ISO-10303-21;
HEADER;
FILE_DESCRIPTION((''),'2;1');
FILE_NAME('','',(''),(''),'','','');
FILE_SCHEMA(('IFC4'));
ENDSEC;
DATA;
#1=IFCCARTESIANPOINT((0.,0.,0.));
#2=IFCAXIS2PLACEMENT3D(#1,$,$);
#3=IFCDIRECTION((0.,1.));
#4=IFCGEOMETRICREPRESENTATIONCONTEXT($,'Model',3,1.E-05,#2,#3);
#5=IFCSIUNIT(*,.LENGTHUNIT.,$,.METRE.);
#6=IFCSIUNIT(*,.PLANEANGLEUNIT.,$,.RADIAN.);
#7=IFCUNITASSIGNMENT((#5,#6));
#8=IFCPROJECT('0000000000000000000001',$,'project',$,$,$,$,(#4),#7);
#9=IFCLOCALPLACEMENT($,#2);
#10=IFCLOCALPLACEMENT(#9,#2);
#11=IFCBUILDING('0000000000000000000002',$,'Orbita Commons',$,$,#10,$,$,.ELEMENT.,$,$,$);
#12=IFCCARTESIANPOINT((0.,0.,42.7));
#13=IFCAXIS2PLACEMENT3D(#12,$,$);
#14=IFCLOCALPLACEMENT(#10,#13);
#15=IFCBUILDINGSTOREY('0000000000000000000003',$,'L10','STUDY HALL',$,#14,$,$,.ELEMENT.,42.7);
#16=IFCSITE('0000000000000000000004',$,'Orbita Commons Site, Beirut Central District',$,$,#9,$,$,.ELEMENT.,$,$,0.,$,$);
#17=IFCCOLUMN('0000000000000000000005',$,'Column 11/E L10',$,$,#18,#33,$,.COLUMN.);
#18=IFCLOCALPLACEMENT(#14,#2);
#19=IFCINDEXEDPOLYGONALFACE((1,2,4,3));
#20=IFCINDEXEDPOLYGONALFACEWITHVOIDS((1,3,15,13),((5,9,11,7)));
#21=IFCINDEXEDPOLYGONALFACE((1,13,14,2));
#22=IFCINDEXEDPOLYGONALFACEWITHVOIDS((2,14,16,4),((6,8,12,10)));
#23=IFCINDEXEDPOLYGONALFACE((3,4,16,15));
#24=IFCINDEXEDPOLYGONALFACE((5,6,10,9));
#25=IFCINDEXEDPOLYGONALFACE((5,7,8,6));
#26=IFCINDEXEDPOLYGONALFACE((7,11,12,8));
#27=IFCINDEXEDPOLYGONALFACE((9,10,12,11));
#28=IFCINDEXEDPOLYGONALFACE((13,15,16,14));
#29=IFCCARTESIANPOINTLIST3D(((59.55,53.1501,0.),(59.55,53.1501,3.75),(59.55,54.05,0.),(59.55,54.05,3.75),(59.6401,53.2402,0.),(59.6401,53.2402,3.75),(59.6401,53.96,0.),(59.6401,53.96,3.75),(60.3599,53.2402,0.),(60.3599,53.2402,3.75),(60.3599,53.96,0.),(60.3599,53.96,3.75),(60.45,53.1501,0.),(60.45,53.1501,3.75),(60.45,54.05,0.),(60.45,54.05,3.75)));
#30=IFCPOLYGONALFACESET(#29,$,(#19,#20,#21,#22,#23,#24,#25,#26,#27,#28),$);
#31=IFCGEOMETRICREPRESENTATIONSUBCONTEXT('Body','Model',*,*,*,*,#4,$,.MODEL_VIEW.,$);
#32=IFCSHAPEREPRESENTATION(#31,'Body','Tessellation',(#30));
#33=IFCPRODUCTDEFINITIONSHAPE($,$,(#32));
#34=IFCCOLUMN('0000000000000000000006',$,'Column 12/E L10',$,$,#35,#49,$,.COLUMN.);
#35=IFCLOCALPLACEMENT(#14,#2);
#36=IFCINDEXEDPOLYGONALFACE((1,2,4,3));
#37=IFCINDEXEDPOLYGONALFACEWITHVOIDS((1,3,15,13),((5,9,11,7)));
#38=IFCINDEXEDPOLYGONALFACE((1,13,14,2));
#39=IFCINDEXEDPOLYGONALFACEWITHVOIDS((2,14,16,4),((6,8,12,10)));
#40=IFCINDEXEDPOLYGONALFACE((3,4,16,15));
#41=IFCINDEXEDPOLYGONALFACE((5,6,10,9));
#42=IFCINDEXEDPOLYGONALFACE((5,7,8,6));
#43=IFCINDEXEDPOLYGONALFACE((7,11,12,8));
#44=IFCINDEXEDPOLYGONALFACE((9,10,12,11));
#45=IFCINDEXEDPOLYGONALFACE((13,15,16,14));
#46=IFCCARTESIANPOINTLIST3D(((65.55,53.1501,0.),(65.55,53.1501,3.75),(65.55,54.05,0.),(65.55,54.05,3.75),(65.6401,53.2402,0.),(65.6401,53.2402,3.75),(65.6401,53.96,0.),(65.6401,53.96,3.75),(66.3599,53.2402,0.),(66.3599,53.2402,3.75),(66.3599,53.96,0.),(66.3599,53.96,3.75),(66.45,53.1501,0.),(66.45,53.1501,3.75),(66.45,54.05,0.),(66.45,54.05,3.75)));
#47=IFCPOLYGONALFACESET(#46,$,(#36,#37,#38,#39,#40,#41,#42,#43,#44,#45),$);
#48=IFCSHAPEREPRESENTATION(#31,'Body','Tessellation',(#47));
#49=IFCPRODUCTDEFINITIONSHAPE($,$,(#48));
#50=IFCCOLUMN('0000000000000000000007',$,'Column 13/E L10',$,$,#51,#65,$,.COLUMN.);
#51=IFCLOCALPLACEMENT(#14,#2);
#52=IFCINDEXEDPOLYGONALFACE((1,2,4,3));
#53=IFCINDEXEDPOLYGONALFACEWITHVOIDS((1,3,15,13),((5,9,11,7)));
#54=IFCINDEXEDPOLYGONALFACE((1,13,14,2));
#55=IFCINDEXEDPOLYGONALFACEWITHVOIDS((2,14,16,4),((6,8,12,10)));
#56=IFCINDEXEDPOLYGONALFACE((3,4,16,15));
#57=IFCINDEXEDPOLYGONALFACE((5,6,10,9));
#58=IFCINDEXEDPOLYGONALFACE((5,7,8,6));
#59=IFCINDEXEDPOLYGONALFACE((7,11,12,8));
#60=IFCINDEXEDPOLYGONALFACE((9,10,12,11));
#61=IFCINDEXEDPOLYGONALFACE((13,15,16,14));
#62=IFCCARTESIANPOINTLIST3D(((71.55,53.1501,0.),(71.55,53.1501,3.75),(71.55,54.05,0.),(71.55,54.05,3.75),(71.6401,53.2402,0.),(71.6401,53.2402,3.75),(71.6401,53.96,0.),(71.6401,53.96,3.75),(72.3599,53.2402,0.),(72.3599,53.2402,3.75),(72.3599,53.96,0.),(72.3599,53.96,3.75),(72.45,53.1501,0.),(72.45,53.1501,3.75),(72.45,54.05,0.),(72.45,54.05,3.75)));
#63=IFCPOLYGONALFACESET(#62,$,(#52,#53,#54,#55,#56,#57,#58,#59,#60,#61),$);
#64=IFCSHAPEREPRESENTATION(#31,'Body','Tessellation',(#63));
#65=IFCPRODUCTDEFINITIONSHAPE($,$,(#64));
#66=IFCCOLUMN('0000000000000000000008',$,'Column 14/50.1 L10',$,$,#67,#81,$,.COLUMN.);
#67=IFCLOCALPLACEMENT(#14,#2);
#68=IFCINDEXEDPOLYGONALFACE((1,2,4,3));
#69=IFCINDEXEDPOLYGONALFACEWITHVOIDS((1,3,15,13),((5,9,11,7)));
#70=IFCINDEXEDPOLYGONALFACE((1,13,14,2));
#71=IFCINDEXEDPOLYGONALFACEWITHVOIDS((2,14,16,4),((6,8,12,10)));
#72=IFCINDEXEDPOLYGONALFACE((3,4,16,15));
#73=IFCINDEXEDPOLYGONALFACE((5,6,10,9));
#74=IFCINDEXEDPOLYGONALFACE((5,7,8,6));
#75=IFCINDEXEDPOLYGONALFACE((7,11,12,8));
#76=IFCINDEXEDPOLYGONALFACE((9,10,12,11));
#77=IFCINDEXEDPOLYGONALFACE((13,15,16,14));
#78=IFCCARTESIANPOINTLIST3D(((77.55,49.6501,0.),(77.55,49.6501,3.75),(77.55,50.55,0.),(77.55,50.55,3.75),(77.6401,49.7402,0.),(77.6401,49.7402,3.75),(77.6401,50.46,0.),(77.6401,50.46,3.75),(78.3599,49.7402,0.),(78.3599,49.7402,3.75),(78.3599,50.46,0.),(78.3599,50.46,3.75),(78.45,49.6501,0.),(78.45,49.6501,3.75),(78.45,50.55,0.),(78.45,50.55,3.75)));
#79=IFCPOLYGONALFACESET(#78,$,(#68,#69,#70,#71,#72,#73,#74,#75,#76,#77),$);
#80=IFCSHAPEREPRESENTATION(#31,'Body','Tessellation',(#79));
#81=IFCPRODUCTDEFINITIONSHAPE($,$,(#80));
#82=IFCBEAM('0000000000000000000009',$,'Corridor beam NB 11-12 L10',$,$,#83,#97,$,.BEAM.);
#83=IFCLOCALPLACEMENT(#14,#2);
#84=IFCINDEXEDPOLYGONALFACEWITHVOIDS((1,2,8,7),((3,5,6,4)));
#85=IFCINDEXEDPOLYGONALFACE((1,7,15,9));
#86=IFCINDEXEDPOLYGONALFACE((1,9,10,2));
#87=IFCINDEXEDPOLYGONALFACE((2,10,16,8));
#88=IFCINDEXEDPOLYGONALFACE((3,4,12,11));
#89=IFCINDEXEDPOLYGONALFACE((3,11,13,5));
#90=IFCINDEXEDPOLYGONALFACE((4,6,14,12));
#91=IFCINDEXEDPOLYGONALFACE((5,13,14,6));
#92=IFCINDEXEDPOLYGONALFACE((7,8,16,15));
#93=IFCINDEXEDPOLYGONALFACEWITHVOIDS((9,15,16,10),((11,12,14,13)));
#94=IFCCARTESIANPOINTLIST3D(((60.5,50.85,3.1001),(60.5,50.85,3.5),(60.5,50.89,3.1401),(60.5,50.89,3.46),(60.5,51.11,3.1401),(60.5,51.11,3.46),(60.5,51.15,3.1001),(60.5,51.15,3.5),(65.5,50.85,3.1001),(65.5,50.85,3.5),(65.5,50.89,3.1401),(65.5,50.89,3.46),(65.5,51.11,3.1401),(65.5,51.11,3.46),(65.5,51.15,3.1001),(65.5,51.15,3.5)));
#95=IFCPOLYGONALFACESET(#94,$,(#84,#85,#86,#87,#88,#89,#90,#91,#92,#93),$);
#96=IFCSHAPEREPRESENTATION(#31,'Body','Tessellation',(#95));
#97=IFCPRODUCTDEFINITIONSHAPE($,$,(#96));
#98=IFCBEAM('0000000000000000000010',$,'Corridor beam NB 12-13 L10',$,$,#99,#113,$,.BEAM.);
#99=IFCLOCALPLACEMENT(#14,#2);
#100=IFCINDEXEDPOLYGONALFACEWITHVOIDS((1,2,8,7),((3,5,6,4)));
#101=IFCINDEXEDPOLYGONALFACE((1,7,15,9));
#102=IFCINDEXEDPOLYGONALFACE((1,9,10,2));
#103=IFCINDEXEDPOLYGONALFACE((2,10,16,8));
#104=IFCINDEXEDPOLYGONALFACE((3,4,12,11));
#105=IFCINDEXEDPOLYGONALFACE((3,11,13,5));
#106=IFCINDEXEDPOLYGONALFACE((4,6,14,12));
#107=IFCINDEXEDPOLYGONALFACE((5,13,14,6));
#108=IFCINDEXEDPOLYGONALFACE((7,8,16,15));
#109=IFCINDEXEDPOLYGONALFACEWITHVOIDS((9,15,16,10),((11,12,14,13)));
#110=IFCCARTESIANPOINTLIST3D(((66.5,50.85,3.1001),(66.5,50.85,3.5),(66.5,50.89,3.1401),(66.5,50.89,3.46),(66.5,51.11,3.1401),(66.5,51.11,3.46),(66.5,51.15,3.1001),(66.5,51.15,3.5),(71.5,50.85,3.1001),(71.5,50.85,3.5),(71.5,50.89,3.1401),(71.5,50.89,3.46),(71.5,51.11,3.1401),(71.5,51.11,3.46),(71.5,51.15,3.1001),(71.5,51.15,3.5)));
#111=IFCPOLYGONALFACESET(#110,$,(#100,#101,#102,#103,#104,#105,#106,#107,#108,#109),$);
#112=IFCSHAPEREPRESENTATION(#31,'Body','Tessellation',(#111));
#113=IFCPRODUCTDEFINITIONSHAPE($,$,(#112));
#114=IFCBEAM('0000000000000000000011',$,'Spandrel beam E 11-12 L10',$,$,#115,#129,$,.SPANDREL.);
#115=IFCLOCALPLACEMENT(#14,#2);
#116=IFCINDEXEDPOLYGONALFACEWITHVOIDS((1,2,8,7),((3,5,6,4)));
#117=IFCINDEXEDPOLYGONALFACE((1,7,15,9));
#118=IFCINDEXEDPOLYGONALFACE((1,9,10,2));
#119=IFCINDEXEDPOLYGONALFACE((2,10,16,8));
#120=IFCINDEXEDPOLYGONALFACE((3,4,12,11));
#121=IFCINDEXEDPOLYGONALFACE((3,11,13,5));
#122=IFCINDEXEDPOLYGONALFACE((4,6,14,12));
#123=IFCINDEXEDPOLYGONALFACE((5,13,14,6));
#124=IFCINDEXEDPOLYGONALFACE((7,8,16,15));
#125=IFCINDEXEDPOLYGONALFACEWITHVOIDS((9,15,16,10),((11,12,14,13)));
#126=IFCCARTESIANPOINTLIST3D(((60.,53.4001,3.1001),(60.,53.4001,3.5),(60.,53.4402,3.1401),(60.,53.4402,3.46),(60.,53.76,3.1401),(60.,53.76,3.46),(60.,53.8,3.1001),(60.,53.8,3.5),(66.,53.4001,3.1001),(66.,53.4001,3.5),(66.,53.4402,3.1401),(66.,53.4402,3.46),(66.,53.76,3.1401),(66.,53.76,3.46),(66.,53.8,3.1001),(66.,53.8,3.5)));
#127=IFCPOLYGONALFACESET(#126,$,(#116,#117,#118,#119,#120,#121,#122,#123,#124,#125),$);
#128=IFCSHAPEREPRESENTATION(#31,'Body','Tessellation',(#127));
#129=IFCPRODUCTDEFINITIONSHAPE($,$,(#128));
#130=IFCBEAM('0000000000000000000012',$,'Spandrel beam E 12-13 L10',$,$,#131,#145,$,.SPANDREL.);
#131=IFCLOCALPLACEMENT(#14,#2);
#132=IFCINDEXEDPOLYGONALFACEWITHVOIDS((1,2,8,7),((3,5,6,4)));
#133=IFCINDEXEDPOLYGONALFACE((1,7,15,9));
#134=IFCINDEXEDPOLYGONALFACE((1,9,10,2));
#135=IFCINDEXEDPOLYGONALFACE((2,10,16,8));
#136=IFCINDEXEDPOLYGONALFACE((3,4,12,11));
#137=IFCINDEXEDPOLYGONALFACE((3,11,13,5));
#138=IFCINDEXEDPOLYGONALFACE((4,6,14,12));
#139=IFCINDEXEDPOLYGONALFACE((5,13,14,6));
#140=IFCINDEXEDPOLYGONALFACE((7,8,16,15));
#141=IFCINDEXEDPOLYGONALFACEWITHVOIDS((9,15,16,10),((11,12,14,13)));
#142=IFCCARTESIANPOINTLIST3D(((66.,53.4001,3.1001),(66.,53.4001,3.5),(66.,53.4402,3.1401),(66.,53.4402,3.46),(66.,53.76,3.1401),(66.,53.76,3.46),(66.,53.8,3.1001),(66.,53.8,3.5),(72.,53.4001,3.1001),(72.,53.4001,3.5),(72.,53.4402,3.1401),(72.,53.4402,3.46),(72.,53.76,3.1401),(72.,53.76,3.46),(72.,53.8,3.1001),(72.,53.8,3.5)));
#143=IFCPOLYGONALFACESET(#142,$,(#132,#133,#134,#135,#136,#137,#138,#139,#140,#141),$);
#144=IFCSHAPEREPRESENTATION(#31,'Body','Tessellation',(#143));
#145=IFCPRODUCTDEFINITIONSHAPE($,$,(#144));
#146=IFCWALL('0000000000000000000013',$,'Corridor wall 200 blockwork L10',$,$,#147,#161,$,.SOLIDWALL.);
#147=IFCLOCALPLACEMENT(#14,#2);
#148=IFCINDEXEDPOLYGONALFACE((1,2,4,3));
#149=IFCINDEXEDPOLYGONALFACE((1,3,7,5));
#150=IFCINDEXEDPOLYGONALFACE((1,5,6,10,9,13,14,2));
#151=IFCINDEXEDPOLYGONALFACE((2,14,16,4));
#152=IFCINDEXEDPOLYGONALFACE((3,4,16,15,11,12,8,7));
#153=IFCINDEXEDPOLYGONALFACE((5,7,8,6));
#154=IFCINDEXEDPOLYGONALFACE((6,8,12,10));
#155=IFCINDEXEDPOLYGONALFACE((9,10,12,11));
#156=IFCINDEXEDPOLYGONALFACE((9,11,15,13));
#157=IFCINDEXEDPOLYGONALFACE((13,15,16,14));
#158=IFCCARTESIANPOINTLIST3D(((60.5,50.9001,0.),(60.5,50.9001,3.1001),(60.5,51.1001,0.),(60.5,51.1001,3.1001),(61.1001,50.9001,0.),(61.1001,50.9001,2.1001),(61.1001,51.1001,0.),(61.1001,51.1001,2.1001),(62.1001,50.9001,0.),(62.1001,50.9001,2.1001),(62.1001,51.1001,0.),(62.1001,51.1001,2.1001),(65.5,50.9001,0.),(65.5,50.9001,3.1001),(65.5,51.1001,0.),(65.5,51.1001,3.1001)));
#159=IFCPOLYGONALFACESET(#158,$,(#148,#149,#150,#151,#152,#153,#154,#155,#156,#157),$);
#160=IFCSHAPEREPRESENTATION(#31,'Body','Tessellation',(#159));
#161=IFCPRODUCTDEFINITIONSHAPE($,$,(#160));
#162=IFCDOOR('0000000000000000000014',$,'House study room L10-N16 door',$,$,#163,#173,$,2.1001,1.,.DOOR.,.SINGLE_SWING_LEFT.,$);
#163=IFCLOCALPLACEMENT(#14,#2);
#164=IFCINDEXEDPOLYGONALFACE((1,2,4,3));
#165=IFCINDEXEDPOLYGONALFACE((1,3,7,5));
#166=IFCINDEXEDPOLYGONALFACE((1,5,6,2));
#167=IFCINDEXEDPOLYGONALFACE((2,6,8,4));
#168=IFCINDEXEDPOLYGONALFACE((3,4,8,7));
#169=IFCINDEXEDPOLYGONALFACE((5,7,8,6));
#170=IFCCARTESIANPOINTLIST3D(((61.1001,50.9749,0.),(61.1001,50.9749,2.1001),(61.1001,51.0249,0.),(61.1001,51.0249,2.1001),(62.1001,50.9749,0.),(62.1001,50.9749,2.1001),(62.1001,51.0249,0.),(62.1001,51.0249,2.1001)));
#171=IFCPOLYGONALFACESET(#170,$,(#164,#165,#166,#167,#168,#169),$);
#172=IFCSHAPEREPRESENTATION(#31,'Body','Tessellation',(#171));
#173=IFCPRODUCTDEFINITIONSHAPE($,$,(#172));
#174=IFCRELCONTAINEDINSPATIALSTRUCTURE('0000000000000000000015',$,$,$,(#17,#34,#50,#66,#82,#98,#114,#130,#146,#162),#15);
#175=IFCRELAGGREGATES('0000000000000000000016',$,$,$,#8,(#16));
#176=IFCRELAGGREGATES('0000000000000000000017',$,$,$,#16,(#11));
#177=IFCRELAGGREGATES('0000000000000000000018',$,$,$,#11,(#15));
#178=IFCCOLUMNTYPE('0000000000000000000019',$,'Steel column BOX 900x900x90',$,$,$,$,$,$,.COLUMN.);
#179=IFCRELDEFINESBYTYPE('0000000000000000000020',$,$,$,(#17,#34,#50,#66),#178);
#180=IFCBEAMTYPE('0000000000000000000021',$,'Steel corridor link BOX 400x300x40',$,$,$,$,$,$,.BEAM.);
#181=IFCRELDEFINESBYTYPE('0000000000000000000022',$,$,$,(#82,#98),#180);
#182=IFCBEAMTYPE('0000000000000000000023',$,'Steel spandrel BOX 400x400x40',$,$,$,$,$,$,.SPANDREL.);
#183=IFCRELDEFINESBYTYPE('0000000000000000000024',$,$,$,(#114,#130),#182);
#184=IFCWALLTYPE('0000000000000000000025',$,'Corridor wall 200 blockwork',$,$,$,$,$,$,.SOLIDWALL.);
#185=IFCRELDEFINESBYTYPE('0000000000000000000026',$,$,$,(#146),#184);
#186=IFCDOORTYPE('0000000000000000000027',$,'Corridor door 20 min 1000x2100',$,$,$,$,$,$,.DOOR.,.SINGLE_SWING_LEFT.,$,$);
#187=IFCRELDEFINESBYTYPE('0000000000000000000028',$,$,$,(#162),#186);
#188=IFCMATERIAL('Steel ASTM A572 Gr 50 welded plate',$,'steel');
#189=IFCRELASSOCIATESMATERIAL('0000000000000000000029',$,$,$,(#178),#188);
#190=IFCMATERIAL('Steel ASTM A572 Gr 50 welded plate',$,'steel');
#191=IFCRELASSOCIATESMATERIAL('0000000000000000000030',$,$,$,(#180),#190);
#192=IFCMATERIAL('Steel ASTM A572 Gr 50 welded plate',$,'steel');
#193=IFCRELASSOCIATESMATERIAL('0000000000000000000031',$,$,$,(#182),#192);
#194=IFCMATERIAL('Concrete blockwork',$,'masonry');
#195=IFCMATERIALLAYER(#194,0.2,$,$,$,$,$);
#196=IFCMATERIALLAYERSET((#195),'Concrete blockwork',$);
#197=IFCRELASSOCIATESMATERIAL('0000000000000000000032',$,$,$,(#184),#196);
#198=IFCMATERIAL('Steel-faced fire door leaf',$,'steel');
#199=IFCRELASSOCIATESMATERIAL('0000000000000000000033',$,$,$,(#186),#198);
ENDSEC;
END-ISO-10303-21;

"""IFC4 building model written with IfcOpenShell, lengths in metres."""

from ifc_helpers import new_model, si_unit, direction, frame, frame_2d, origin, origin_2d, place, context, subcontext, project, spatial, polyline, rectangle, hollow_rectangle, outline, extrude, material, layer, layer_set, material_profile, profile_set, type_object, element, fill, save


model = new_model("IFC4")

# Units and contexts
model_context = context("Model", 3, precision=1e-05, world=origin(), true_north=direction((0.0, 1.0)))
body_context = subcontext(model_context, "Body", "Model", "MODEL_VIEW")
ifc_project = project(units=[si_unit("LENGTHUNIT", "METRE"), si_unit("PLANEANGLEUNIT", "RADIAN")], contexts=[model_context])

# Site, building, storey
site_placement = place(None, origin())
site = spatial("IfcSite", under=ifc_project, at=site_placement, Name="Orbita Commons Site, Beirut Central District", CompositionType="ELEMENT", RefElevation=0.0)
building_placement = place(site_placement, origin())
building = spatial("IfcBuilding", under=site, at=building_placement, Name="Orbita Commons", CompositionType="ELEMENT")
storey_placement = place(building_placement, frame((0.0, 0.0, 42.7)))
storey = spatial("IfcBuildingStorey", under=building, at=storey_placement, Name="L10", Description="STUDY HALL", CompositionType="ELEMENT", Elevation=42.7)

# Columns
ifc_material_1 = material(Name="Steel ASTM A572 Gr 50 welded plate", Category="steel")
ifc_material_profile_1 = material_profile(ifc_material_1, hollow_rectangle(XDim=0.8999, YDim=0.8999, WallThickness=0.0901, at=origin_2d()), Name="BOX 900x900x90")
ifc_profile_set_1 = profile_set([ifc_material_profile_1], Name="Steel ASTM A572 Gr 50 welded plate")
column_type = type_object("IfcColumnType", Name="Steel column BOX 900x900x90", PredefinedType="COLUMN", material=ifc_profile_set_1)
for number, where, z_axis, x_axis, name in (
    (1, (60.0, 53.6001, 0.0), (0.0, 0.0, 1.0), (1.0, 0.0, 0.0), "Column 11/E L10"),
    (2, (66.0, 53.6001, 0.0), (0.0, 0.0, 1.0), (1.0, 0.0, 0.0), "Column 12/E L10"),
    (3, (72.0, 53.6001, 0.0), (0.0, 0.0, 1.0), (1.0, 0.0, 0.0), "Column 13/E L10"),
    (4, (78.0, 50.1001, 0.0), (0.0, 0.0, 1.0), (1.0, 0.0, 0.0), "Column 14/50.1 L10"),
):
    element("IfcColumn", number, at=place(storey_placement, frame(where, z_axis=z_axis, x_axis=x_axis)), inside=storey, type_object=column_type, Name=name, PredefinedType="COLUMN", context=body_context, shape_type="SweptSolid", body=[
        extrude(hollow_rectangle(XDim=0.8999, YDim=0.8999, WallThickness=0.0901, at=origin_2d()), origin(), (0.0, 0.0, 1.0), 3.75),
    ])

# Beams
ifc_material_2 = material(Name="Steel ASTM A572 Gr 50 welded plate", Category="steel")
ifc_material_profile_2 = material_profile(ifc_material_2, hollow_rectangle(XDim=0.3, YDim=0.3999, WallThickness=0.04, at=origin_2d()), Name="BOX 400x300x40")
ifc_profile_set_2 = profile_set([ifc_material_profile_2], Name="Steel ASTM A572 Gr 50 welded plate")
beam_type_1 = type_object("IfcBeamType", Name="Steel corridor link BOX 400x300x40", PredefinedType="BEAM", material=ifc_profile_set_2)
for number, where, z_axis, x_axis, name in (
    (5, (60.5, 51.0, 3.3), (1.0, 0.0, 0.0), (0.0, 1.0, 0.0), "Corridor beam NB 11-12 L10"),
    (6, (66.5, 51.0, 3.3), (1.0, 0.0, 0.0), (0.0, 1.0, 0.0), "Corridor beam NB 12-13 L10"),
):
    element("IfcBeam", number, at=place(storey_placement, frame(where, z_axis=z_axis, x_axis=x_axis)), inside=storey, type_object=beam_type_1, Name=name, PredefinedType="BEAM", context=body_context, shape_type="SweptSolid", body=[
        extrude(hollow_rectangle(XDim=0.3, YDim=0.3999, WallThickness=0.04, at=origin_2d()), origin(), (0.0, 0.0, 1.0), 5.0),
    ])
ifc_material_3 = material(Name="Steel ASTM A572 Gr 50 welded plate", Category="steel")
ifc_material_profile_3 = material_profile(ifc_material_3, hollow_rectangle(XDim=0.3999, YDim=0.3999, WallThickness=0.04, at=origin_2d()), Name="BOX 400x400x40")
ifc_profile_set_3 = profile_set([ifc_material_profile_3], Name="Steel ASTM A572 Gr 50 welded plate")
beam_type_2 = type_object("IfcBeamType", Name="Steel spandrel BOX 400x400x40", PredefinedType="SPANDREL", material=ifc_profile_set_3)
for number, where, z_axis, x_axis, name in (
    (7, (60.0, 53.6001, 3.3), (1.0, 0.0, 0.0), (0.0, 1.0, 0.0), "Spandrel beam E 11-12 L10"),
    (8, (66.0, 53.6001, 3.3), (1.0, 0.0, 0.0), (0.0, 1.0, 0.0), "Spandrel beam E 12-13 L10"),
):
    element("IfcBeam", number, at=place(storey_placement, frame(where, z_axis=z_axis, x_axis=x_axis)), inside=storey, type_object=beam_type_2, Name=name, PredefinedType="SPANDREL", context=body_context, shape_type="SweptSolid", body=[
        extrude(hollow_rectangle(XDim=0.3999, YDim=0.3999, WallThickness=0.04, at=origin_2d()), origin(), (0.0, 0.0, 1.0), 6.0),
    ])

# Wall, opening, door
ifc_material_4 = material(Name="Concrete blockwork", Category="masonry")
ifc_layer_1 = layer(ifc_material_4, 0.2)
ifc_layer_set_1 = layer_set([ifc_layer_1], Name="Concrete blockwork")
wall_type_1 = type_object("IfcWallType", Name="Corridor wall 200 blockwork", PredefinedType="SOLIDWALL", material=ifc_layer_set_1)
wall_1_placement = place(storey_placement, frame((60.5, 51.0, 0.0), z_axis=(0.0, 0.0, 1.0), x_axis=(1.0, 0.0, 0.0)))
wall_1 = element("IfcWall", 9, at=wall_1_placement, inside=storey, type_object=wall_type_1, Name="Corridor wall 200 blockwork L10", PredefinedType="SOLIDWALL", context=body_context, shape_type="SweptSolid", body=[
    extrude(outline(polyline([(0.0, 0.0), (5.0, 0.0), (5.0, 3.1001), (0.0, 3.1001), (0.0, 0.0)])), frame((0.0, 0.1001, 0.0), z_axis=(0.0, -1.0, 0.0), x_axis=(1.0, 0.0, 0.0)), (0.0, 0.0, 1.0), 0.2),
])
opening_1_placement = place(wall_1_placement, frame((0.6001, 0.0, 0.0)))
opening_1 = element("IfcOpeningElement", 10, at=opening_1_placement, cuts=wall_1, PredefinedType="OPENING", context=body_context, shape_type="SweptSolid", body=[
    extrude(rectangle(XDim=1.0, YDim=2.1001, at=frame_2d((0.5, 1.05))), frame((0.0, 0.1099, 0.0), z_axis=(0.0, -1.0, 0.0), x_axis=(1.0, 0.0, 0.0)), (0.0, 0.0, 1.0), 0.22),
])
ifc_material_5 = material(Name="Steel-faced fire door leaf", Category="steel")
door_type_1 = type_object("IfcDoorType", Name="Corridor door 20 min 1000x2100", OperationType="SINGLE_SWING_LEFT", PredefinedType="DOOR", material=ifc_material_5)
door_1_placement = place(opening_1_placement, origin())
door_1 = element("IfcDoor", 11, at=door_1_placement, inside=storey, type_object=door_type_1, Name="House study room L10-N16 door", OperationType="SINGLE_SWING_LEFT", OverallHeight=2.1001, OverallWidth=1.0, PredefinedType="DOOR", context=body_context, shape_type="SweptSolid", body=[
    extrude(rectangle(XDim=1.0, YDim=2.1001, at=frame_2d((0.5, 1.05))), frame((0.0, 0.0249, 0.0), z_axis=(0.0, -1.0, 0.0), x_axis=(1.0, 0.0, 0.0)), (0.0, 0.0, 1.0), 0.05),
])
fill(opening_1, door_1)

save(model, "model.ifc")
